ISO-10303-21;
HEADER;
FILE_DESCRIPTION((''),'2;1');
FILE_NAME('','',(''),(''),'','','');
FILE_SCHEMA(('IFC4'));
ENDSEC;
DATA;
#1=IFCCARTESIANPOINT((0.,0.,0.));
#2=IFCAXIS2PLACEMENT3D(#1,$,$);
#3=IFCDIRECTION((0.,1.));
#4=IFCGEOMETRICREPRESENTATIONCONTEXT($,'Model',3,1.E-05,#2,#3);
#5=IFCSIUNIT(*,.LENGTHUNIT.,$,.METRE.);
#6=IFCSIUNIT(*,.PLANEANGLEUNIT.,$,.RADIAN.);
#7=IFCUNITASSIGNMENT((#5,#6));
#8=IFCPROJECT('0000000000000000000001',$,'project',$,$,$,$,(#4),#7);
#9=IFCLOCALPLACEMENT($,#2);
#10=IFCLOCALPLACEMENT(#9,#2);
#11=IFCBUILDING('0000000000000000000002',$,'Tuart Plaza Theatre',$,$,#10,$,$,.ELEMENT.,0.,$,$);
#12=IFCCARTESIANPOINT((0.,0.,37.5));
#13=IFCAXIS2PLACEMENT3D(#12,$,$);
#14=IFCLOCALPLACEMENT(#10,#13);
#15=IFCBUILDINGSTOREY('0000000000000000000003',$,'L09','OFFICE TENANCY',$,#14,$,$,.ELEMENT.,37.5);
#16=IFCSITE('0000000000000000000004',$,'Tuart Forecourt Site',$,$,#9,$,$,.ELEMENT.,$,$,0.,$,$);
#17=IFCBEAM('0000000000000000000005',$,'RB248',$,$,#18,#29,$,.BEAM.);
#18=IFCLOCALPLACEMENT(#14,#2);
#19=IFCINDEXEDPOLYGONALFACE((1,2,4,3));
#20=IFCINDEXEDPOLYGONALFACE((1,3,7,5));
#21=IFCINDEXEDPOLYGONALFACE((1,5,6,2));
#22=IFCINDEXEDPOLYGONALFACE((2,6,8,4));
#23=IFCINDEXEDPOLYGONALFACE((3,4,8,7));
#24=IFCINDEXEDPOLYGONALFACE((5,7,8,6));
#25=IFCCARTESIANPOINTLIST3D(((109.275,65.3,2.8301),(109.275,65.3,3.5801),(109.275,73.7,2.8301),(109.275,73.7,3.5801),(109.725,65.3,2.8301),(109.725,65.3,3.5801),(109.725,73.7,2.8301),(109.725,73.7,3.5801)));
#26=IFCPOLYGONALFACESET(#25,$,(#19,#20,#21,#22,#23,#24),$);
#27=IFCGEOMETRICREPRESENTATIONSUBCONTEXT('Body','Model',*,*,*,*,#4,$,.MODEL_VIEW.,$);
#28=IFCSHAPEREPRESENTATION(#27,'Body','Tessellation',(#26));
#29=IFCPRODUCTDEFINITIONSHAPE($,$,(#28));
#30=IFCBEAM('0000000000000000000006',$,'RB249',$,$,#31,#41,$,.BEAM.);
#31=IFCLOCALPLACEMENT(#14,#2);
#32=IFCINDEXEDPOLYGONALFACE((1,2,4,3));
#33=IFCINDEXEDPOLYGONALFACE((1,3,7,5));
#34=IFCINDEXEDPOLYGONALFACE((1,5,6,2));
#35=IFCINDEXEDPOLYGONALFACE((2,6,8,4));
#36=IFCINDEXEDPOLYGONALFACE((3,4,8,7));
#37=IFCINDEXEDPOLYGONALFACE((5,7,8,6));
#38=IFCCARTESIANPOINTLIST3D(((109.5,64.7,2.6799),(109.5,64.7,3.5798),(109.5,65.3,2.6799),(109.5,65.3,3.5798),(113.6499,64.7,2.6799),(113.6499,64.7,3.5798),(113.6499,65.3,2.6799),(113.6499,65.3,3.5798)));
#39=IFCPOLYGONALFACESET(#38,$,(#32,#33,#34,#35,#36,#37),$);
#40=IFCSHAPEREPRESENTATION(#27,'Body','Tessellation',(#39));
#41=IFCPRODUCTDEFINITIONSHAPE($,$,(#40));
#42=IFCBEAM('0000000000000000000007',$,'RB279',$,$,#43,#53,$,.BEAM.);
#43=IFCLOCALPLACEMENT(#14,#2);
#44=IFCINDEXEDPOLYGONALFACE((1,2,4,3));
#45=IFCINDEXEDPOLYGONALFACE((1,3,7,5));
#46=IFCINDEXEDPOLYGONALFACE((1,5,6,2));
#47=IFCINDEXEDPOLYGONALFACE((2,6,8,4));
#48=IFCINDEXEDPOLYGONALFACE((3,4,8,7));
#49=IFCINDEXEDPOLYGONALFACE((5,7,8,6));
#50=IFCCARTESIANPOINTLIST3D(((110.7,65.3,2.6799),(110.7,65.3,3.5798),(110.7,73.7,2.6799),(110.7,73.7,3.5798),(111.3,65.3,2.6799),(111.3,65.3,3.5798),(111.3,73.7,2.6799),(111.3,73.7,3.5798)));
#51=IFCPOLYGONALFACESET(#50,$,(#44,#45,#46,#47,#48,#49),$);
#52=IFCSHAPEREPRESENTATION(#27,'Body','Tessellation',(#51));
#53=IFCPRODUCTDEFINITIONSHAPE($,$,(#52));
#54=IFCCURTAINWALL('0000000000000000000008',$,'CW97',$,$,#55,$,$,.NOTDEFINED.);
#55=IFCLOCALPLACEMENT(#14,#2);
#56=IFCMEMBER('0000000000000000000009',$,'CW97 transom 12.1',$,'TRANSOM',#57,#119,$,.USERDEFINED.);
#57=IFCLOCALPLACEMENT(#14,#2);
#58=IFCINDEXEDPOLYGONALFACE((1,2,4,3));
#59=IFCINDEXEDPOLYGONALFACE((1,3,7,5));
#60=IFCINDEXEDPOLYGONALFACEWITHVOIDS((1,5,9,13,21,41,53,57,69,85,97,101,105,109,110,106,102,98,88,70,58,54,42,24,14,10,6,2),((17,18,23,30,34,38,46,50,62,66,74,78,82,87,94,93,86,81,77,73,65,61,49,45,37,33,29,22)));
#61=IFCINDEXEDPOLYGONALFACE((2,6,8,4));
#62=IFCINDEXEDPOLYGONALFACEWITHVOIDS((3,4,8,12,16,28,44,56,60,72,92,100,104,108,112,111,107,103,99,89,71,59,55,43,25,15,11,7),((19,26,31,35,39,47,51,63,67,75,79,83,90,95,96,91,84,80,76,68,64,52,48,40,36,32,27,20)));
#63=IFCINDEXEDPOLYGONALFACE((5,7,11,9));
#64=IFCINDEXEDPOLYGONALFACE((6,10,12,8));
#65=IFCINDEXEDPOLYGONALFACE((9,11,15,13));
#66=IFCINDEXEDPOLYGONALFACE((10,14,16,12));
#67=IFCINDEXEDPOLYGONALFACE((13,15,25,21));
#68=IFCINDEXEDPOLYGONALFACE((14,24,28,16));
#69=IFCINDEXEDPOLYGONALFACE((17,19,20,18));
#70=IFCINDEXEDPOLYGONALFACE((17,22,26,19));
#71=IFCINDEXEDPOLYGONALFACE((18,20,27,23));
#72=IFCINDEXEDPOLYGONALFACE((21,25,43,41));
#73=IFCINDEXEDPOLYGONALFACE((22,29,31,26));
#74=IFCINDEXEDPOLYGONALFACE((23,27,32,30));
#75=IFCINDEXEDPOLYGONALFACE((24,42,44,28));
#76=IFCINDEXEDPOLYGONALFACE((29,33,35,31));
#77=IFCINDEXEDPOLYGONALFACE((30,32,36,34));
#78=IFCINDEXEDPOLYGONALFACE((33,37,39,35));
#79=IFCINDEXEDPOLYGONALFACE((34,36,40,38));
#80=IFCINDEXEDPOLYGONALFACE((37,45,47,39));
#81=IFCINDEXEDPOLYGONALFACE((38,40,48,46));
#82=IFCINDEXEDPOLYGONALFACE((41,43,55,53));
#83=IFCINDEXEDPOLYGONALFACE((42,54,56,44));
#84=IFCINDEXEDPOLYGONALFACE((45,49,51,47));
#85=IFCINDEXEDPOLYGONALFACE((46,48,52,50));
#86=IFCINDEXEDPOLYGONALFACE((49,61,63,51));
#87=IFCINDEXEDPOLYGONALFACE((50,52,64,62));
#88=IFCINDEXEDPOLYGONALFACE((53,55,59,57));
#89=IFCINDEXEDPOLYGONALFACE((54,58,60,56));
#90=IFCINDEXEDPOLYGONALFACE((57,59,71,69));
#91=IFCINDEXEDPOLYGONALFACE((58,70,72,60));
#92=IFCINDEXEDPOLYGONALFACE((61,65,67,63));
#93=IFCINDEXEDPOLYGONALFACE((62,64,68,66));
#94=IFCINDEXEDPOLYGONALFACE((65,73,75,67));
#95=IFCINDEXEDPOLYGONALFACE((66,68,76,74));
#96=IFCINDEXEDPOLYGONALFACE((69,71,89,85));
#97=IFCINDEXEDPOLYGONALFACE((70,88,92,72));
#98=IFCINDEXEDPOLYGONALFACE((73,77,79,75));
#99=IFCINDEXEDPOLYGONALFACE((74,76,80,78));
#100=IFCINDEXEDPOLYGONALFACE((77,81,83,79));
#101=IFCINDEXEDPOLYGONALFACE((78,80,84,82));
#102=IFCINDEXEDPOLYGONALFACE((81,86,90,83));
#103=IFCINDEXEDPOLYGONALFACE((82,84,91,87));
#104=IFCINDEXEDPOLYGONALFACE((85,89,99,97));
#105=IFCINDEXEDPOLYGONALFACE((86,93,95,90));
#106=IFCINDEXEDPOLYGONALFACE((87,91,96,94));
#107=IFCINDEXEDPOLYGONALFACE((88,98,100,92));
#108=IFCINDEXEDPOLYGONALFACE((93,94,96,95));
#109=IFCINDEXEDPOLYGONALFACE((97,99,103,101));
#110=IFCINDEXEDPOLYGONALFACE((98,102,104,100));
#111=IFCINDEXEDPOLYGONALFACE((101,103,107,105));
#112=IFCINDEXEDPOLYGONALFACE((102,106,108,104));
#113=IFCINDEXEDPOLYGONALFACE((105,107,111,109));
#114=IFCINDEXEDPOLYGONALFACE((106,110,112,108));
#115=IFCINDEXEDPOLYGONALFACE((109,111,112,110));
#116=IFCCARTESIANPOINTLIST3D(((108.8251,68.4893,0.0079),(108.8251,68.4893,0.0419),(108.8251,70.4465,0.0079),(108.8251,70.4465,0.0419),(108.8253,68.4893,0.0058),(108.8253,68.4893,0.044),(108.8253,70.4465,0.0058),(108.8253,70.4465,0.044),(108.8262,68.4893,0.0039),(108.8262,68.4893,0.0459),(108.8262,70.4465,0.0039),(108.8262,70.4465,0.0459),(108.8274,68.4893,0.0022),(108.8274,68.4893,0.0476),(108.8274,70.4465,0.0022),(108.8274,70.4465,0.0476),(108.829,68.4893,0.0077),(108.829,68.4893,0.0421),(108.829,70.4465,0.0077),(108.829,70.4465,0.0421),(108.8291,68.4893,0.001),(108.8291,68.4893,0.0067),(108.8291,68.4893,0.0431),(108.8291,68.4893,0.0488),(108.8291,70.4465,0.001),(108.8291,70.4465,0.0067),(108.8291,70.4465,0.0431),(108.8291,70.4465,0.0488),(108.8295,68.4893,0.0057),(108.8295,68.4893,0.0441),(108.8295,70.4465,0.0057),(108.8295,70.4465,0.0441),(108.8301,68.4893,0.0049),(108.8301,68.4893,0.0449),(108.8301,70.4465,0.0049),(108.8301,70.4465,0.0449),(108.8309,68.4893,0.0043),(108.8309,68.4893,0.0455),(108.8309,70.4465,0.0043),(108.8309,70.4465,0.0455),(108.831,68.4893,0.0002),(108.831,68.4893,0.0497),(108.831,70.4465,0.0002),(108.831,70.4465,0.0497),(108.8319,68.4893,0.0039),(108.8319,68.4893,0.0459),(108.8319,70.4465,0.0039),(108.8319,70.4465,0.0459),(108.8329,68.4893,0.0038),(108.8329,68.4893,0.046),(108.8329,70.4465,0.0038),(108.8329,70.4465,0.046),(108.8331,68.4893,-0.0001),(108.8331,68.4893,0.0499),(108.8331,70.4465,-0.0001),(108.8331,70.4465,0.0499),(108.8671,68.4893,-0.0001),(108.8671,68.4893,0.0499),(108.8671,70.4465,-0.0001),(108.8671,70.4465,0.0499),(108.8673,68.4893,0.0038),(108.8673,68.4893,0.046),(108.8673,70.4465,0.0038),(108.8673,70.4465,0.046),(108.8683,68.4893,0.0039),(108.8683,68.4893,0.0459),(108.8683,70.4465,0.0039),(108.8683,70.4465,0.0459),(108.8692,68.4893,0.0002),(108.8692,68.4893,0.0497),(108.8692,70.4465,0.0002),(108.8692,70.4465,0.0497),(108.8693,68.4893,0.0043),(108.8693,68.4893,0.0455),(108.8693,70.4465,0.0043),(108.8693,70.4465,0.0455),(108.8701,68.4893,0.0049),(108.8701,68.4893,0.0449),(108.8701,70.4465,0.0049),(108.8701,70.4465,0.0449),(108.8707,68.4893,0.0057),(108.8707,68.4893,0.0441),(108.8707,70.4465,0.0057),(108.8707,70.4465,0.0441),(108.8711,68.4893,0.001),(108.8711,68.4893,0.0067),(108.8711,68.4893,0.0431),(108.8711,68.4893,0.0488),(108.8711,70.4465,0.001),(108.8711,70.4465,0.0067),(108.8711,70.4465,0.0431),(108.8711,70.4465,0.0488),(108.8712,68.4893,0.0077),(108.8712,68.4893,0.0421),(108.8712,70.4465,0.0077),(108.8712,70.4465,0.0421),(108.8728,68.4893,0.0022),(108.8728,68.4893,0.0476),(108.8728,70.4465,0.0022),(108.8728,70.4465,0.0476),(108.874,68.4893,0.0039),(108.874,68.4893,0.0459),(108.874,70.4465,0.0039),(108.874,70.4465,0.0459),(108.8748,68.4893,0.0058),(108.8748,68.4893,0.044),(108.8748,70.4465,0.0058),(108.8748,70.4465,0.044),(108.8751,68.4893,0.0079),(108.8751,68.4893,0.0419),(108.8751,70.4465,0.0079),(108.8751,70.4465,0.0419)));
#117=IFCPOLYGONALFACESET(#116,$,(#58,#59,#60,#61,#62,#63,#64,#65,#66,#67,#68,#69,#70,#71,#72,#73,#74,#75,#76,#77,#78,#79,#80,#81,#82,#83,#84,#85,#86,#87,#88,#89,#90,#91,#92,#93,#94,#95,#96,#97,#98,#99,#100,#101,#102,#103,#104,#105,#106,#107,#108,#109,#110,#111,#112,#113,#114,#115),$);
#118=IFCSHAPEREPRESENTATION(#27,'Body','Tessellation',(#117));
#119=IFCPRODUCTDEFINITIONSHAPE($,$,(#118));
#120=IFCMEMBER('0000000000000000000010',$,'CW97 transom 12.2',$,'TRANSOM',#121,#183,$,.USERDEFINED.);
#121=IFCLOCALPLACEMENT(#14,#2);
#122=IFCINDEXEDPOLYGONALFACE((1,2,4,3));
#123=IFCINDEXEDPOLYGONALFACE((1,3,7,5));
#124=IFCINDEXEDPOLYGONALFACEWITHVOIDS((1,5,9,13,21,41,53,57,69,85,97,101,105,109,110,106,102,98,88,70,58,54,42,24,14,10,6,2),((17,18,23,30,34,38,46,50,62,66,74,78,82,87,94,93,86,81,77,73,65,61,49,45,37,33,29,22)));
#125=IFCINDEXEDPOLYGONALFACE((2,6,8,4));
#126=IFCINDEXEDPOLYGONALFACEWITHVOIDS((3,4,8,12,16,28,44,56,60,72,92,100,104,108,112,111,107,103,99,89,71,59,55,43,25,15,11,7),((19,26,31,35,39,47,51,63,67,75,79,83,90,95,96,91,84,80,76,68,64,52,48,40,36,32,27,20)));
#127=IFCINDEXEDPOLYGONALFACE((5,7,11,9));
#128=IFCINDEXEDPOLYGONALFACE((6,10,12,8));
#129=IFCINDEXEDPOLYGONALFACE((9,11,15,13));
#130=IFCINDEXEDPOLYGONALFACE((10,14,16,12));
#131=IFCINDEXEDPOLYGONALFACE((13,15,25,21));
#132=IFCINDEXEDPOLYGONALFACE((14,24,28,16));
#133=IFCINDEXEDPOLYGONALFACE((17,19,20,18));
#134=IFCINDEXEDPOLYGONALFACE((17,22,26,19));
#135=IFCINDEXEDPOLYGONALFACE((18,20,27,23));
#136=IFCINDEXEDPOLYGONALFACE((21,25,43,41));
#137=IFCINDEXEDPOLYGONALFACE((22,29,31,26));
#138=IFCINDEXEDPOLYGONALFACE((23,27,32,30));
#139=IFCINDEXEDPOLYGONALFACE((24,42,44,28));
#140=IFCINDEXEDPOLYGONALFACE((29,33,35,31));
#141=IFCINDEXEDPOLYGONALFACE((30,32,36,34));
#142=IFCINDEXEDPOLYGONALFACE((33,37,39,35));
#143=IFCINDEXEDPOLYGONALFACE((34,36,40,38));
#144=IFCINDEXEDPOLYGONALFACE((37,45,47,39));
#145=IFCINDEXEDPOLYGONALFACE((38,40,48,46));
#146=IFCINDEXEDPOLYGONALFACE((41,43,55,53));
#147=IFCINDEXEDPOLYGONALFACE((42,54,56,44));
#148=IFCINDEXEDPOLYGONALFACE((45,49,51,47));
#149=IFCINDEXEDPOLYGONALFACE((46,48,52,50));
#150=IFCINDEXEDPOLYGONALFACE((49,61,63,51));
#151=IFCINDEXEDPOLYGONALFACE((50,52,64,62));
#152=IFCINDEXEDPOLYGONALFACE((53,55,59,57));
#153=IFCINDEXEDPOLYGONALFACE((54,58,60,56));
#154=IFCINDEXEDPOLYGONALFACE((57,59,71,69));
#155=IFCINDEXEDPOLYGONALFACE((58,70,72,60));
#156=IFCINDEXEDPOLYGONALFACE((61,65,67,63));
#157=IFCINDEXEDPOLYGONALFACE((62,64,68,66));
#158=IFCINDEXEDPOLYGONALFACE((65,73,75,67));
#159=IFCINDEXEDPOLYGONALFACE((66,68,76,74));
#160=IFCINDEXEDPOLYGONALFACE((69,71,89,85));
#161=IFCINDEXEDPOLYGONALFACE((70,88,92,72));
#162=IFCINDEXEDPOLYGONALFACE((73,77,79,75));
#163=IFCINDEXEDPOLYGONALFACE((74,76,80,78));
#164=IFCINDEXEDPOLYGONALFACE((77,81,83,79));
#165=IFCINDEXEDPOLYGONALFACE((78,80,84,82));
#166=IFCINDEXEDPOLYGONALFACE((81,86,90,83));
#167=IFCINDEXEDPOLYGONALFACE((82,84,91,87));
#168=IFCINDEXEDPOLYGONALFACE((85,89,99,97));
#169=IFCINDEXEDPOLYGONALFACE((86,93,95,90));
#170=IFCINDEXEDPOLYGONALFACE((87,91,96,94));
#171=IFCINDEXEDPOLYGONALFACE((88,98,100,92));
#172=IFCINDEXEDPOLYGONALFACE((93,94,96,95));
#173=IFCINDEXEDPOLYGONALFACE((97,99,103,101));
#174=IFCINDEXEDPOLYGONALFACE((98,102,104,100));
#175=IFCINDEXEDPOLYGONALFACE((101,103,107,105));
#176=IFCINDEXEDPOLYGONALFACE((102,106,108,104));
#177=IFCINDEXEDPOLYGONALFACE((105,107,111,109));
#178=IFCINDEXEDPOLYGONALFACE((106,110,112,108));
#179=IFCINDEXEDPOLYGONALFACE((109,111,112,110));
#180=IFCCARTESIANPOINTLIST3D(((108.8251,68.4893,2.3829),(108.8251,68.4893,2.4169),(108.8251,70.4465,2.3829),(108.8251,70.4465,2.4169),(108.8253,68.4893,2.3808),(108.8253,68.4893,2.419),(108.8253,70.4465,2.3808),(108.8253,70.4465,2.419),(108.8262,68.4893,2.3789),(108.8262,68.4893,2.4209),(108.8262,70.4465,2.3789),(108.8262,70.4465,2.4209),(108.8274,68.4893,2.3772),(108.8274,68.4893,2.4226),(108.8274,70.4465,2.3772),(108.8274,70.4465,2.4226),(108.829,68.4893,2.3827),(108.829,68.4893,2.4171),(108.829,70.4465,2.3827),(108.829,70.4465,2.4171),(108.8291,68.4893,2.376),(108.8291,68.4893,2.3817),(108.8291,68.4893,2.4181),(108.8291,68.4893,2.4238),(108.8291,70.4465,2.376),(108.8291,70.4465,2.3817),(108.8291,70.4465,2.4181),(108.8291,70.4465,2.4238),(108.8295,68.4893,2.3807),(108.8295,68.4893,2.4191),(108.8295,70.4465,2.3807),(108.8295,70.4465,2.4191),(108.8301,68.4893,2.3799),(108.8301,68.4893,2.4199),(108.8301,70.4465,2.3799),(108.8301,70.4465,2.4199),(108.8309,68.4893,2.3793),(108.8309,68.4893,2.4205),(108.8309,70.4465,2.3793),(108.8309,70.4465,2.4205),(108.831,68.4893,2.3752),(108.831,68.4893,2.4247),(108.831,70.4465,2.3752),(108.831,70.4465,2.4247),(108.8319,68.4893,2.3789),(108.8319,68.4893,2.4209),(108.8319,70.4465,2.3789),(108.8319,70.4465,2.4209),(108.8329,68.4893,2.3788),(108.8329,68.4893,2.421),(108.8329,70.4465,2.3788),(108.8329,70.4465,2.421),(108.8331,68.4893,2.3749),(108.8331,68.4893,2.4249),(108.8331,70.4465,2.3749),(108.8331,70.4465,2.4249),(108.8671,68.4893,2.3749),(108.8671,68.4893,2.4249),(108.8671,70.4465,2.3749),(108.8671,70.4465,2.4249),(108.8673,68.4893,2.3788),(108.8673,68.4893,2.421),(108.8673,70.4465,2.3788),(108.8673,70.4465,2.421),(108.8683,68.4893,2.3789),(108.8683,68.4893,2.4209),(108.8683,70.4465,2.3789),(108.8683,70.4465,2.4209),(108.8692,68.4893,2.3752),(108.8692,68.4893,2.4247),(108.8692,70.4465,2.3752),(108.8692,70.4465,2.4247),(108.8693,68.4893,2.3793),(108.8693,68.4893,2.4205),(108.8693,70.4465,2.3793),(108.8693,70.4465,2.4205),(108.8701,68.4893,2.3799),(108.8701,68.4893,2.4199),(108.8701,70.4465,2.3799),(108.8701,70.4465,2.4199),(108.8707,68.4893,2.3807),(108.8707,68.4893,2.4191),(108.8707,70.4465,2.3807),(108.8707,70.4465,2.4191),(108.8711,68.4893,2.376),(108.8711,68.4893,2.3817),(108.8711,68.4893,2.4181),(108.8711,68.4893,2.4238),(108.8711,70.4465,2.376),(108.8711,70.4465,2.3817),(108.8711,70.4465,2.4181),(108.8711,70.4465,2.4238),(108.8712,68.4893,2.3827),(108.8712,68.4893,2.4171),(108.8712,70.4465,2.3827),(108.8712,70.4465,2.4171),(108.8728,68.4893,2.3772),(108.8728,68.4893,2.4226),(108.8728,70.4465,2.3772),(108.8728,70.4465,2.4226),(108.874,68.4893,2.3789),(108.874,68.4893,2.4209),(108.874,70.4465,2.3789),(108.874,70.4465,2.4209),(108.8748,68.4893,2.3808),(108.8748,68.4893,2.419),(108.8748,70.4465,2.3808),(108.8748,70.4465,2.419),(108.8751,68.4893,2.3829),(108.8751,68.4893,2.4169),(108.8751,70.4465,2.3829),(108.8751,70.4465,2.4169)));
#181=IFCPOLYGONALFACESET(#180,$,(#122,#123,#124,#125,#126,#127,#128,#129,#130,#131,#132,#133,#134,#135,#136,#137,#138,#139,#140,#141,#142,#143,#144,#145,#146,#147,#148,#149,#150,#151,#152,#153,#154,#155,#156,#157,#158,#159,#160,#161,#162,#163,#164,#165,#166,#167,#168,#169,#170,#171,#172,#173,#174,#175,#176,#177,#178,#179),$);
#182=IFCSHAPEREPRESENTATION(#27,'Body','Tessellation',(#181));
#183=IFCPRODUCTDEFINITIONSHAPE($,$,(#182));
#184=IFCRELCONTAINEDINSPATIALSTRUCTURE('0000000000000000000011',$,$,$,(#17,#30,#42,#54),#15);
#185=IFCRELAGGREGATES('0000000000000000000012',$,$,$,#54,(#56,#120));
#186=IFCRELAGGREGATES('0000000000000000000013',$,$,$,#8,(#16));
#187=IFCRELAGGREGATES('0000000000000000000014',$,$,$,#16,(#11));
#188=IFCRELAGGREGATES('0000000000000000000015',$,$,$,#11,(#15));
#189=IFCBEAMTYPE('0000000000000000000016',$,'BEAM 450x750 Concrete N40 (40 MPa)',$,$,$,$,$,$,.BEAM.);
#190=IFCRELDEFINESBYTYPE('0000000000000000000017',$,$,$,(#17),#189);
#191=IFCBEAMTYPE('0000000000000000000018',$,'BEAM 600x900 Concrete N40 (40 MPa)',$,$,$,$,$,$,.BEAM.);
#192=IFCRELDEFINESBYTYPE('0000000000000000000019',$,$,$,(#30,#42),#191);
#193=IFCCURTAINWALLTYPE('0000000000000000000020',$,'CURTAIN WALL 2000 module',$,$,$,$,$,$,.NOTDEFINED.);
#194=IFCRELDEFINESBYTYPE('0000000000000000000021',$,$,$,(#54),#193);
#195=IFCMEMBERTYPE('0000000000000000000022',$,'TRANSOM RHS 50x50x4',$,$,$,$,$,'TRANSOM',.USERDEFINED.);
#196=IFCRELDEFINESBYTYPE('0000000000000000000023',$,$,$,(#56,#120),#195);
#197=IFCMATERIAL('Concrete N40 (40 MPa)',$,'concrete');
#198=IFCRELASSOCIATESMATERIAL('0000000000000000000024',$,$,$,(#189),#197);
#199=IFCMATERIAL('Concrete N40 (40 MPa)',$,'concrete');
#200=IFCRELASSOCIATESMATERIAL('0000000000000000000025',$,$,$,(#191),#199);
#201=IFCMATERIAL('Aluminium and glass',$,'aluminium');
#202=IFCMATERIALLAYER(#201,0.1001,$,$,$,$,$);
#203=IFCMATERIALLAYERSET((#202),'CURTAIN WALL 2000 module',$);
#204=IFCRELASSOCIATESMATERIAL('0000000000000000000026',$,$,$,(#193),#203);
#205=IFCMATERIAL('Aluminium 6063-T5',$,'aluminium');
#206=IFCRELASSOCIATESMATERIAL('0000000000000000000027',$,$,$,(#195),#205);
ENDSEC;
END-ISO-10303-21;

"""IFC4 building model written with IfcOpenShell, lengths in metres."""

from ifc_helpers import new_model, si_unit, direction, frame, origin, origin_2d, place, context, subcontext, project, spatial, rectangle, hollow_rectangle, extrude, material, layer, layer_set, material_profile, profile_set, type_object, element, aggregate, save


model = new_model("IFC4")

# Units and contexts
model_context = context("Model", 3, precision=1e-05, world=origin(), true_north=direction((0.0, 1.0)))
body_context = subcontext(model_context, "Body", "Model", "MODEL_VIEW")
ifc_project = project(units=[si_unit("LENGTHUNIT", "METRE"), si_unit("PLANEANGLEUNIT", "RADIAN")], contexts=[model_context])

# Site, building, storey
site_placement = place(None, origin())
site = spatial("IfcSite", under=ifc_project, at=site_placement, Name="Tuart Forecourt Site", CompositionType="ELEMENT", RefElevation=0.0)
building_placement = place(site_placement, origin())
building = spatial("IfcBuilding", under=site, at=building_placement, Name="Tuart Plaza Theatre", CompositionType="ELEMENT", ElevationOfRefHeight=0.0)
storey_placement = place(building_placement, frame((0.0, 0.0, 37.5)))
storey = spatial("IfcBuildingStorey", under=building, at=storey_placement, Name="L09", Description="OFFICE TENANCY", CompositionType="ELEMENT", Elevation=37.5)

# Beams
ifc_material_1 = material(Name="Concrete N40 (40 MPa)", Category="concrete")
ifc_material_profile_1 = material_profile(ifc_material_1, rectangle(XDim=0.45, YDim=0.75, at=origin_2d()), Name="BEAM 450x750 Concrete N40 (40 MPa)")
ifc_profile_set_1 = profile_set([ifc_material_profile_1], Name="Concrete N40 (40 MPa)")
beam_type_1 = type_object("IfcBeamType", Name="BEAM 450x750 Concrete N40 (40 MPa)", PredefinedType="BEAM", material=ifc_profile_set_1)
beam_1_placement = place(storey_placement, frame((109.5, 65.3, 3.2051), z_axis=(0.0, 1.0, 0.0), x_axis=(-1.0, 0.0, 0.0)))
element("IfcBeam", 1, at=beam_1_placement, inside=storey, type_object=beam_type_1, Name="RB248", PredefinedType="BEAM", context=body_context, shape_type="SweptSolid", body=[
    extrude(rectangle(XDim=0.45, YDim=0.75, at=origin_2d()), origin(), (0.0, 0.0, 1.0), 8.3999),
])
ifc_material_2 = material(Name="Concrete N40 (40 MPa)", Category="concrete")
ifc_material_profile_2 = material_profile(ifc_material_2, rectangle(XDim=0.6001, YDim=0.8999, at=origin_2d()), Name="BEAM 600x900 Concrete N40 (40 MPa)")
ifc_profile_set_2 = profile_set([ifc_material_profile_2], Name="Concrete N40 (40 MPa)")
beam_type_2 = type_object("IfcBeamType", Name="BEAM 600x900 Concrete N40 (40 MPa)", PredefinedType="BEAM", material=ifc_profile_set_2)
beam_2_placement = place(storey_placement, frame((109.5, 65.0, 3.1299), z_axis=(1.0, 0.0, 0.0), x_axis=(0.0, 1.0, 0.0)))
element("IfcBeam", 2, at=beam_2_placement, inside=storey, type_object=beam_type_2, Name="RB249", PredefinedType="BEAM", context=body_context, shape_type="SweptSolid", body=[
    extrude(rectangle(XDim=0.6001, YDim=0.8999, at=origin_2d()), origin(), (0.0, 0.0, 1.0), 4.1499),
])
beam_3_placement = place(storey_placement, frame((111.0, 65.3, 3.1299), z_axis=(0.0, 1.0, 0.0), x_axis=(-1.0, 0.0, 0.0)))
element("IfcBeam", 3, at=beam_3_placement, inside=storey, type_object=beam_type_2, Name="RB279", PredefinedType="BEAM", context=body_context, shape_type="SweptSolid", body=[
    extrude(rectangle(XDim=0.6001, YDim=0.8999, at=origin_2d()), origin(), (0.0, 0.0, 1.0), 8.3999),
])

# Curtain wall, members
ifc_material_3 = material(Name="Aluminium and glass", Category="aluminium")
ifc_layer_1 = layer(ifc_material_3, 0.1001)
ifc_layer_set_1 = layer_set([ifc_layer_1], Name="CURTAIN WALL 2000 module")
curtain_wall_type = type_object("IfcCurtainWallType", Name="CURTAIN WALL 2000 module", PredefinedType="NOTDEFINED", material=ifc_layer_set_1)
curtain_wall_1_placement = place(storey_placement, origin())
curtain_wall_1 = element("IfcCurtainWall", 4, at=curtain_wall_1_placement, inside=storey, type_object=curtain_wall_type, Name="CW97", PredefinedType="NOTDEFINED")
ifc_material_4 = material(Name="Aluminium 6063-T5", Category="aluminium")
ifc_material_profile_3 = material_profile(ifc_material_4, hollow_rectangle(XDim=0.05, YDim=0.05, WallThickness=0.0039, InnerFilletRadius=0.0039, OuterFilletRadius=0.0081, at=origin_2d()), Name="RHS 50x50x4")
ifc_profile_set_3 = profile_set([ifc_material_profile_3], Name="Aluminium 6063-T5")
member_type = type_object("IfcMemberType", Name="TRANSOM RHS 50x50x4", ElementType="TRANSOM", PredefinedType="USERDEFINED", material=ifc_profile_set_3)
member_1_placement = place(storey_placement, frame((108.8501, 70.4465, 0.0249), z_axis=(0.0, -1.0, 0.0), x_axis=(1.0, 0.0, 0.0)))
member_1 = element("IfcMember", 5, at=member_1_placement, type_object=member_type, Name="CW97 transom 12.1", ObjectType="TRANSOM", PredefinedType="USERDEFINED", context=body_context, shape_type="SweptSolid", body=[
    extrude(hollow_rectangle(XDim=0.05, YDim=0.05, WallThickness=0.0039, InnerFilletRadius=0.0039, OuterFilletRadius=0.0081, at=origin_2d()), origin(), (0.0, 0.0, 1.0), 1.9573),
])
member_2_placement = place(storey_placement, frame((108.8501, 70.4465, 2.3999), z_axis=(0.0, -1.0, 0.0), x_axis=(1.0, 0.0, 0.0)))
member_2 = element("IfcMember", 6, at=member_2_placement, type_object=member_type, Name="CW97 transom 12.2", ObjectType="TRANSOM", PredefinedType="USERDEFINED", context=body_context, shape_type="SweptSolid", body=[
    extrude(hollow_rectangle(XDim=0.05, YDim=0.05, WallThickness=0.0039, InnerFilletRadius=0.0039, OuterFilletRadius=0.0081, at=origin_2d()), origin(), (0.0, 0.0, 1.0), 1.9573),
])
aggregate(curtain_wall_1, [member_1, member_2])

save(model, "model.ifc")
